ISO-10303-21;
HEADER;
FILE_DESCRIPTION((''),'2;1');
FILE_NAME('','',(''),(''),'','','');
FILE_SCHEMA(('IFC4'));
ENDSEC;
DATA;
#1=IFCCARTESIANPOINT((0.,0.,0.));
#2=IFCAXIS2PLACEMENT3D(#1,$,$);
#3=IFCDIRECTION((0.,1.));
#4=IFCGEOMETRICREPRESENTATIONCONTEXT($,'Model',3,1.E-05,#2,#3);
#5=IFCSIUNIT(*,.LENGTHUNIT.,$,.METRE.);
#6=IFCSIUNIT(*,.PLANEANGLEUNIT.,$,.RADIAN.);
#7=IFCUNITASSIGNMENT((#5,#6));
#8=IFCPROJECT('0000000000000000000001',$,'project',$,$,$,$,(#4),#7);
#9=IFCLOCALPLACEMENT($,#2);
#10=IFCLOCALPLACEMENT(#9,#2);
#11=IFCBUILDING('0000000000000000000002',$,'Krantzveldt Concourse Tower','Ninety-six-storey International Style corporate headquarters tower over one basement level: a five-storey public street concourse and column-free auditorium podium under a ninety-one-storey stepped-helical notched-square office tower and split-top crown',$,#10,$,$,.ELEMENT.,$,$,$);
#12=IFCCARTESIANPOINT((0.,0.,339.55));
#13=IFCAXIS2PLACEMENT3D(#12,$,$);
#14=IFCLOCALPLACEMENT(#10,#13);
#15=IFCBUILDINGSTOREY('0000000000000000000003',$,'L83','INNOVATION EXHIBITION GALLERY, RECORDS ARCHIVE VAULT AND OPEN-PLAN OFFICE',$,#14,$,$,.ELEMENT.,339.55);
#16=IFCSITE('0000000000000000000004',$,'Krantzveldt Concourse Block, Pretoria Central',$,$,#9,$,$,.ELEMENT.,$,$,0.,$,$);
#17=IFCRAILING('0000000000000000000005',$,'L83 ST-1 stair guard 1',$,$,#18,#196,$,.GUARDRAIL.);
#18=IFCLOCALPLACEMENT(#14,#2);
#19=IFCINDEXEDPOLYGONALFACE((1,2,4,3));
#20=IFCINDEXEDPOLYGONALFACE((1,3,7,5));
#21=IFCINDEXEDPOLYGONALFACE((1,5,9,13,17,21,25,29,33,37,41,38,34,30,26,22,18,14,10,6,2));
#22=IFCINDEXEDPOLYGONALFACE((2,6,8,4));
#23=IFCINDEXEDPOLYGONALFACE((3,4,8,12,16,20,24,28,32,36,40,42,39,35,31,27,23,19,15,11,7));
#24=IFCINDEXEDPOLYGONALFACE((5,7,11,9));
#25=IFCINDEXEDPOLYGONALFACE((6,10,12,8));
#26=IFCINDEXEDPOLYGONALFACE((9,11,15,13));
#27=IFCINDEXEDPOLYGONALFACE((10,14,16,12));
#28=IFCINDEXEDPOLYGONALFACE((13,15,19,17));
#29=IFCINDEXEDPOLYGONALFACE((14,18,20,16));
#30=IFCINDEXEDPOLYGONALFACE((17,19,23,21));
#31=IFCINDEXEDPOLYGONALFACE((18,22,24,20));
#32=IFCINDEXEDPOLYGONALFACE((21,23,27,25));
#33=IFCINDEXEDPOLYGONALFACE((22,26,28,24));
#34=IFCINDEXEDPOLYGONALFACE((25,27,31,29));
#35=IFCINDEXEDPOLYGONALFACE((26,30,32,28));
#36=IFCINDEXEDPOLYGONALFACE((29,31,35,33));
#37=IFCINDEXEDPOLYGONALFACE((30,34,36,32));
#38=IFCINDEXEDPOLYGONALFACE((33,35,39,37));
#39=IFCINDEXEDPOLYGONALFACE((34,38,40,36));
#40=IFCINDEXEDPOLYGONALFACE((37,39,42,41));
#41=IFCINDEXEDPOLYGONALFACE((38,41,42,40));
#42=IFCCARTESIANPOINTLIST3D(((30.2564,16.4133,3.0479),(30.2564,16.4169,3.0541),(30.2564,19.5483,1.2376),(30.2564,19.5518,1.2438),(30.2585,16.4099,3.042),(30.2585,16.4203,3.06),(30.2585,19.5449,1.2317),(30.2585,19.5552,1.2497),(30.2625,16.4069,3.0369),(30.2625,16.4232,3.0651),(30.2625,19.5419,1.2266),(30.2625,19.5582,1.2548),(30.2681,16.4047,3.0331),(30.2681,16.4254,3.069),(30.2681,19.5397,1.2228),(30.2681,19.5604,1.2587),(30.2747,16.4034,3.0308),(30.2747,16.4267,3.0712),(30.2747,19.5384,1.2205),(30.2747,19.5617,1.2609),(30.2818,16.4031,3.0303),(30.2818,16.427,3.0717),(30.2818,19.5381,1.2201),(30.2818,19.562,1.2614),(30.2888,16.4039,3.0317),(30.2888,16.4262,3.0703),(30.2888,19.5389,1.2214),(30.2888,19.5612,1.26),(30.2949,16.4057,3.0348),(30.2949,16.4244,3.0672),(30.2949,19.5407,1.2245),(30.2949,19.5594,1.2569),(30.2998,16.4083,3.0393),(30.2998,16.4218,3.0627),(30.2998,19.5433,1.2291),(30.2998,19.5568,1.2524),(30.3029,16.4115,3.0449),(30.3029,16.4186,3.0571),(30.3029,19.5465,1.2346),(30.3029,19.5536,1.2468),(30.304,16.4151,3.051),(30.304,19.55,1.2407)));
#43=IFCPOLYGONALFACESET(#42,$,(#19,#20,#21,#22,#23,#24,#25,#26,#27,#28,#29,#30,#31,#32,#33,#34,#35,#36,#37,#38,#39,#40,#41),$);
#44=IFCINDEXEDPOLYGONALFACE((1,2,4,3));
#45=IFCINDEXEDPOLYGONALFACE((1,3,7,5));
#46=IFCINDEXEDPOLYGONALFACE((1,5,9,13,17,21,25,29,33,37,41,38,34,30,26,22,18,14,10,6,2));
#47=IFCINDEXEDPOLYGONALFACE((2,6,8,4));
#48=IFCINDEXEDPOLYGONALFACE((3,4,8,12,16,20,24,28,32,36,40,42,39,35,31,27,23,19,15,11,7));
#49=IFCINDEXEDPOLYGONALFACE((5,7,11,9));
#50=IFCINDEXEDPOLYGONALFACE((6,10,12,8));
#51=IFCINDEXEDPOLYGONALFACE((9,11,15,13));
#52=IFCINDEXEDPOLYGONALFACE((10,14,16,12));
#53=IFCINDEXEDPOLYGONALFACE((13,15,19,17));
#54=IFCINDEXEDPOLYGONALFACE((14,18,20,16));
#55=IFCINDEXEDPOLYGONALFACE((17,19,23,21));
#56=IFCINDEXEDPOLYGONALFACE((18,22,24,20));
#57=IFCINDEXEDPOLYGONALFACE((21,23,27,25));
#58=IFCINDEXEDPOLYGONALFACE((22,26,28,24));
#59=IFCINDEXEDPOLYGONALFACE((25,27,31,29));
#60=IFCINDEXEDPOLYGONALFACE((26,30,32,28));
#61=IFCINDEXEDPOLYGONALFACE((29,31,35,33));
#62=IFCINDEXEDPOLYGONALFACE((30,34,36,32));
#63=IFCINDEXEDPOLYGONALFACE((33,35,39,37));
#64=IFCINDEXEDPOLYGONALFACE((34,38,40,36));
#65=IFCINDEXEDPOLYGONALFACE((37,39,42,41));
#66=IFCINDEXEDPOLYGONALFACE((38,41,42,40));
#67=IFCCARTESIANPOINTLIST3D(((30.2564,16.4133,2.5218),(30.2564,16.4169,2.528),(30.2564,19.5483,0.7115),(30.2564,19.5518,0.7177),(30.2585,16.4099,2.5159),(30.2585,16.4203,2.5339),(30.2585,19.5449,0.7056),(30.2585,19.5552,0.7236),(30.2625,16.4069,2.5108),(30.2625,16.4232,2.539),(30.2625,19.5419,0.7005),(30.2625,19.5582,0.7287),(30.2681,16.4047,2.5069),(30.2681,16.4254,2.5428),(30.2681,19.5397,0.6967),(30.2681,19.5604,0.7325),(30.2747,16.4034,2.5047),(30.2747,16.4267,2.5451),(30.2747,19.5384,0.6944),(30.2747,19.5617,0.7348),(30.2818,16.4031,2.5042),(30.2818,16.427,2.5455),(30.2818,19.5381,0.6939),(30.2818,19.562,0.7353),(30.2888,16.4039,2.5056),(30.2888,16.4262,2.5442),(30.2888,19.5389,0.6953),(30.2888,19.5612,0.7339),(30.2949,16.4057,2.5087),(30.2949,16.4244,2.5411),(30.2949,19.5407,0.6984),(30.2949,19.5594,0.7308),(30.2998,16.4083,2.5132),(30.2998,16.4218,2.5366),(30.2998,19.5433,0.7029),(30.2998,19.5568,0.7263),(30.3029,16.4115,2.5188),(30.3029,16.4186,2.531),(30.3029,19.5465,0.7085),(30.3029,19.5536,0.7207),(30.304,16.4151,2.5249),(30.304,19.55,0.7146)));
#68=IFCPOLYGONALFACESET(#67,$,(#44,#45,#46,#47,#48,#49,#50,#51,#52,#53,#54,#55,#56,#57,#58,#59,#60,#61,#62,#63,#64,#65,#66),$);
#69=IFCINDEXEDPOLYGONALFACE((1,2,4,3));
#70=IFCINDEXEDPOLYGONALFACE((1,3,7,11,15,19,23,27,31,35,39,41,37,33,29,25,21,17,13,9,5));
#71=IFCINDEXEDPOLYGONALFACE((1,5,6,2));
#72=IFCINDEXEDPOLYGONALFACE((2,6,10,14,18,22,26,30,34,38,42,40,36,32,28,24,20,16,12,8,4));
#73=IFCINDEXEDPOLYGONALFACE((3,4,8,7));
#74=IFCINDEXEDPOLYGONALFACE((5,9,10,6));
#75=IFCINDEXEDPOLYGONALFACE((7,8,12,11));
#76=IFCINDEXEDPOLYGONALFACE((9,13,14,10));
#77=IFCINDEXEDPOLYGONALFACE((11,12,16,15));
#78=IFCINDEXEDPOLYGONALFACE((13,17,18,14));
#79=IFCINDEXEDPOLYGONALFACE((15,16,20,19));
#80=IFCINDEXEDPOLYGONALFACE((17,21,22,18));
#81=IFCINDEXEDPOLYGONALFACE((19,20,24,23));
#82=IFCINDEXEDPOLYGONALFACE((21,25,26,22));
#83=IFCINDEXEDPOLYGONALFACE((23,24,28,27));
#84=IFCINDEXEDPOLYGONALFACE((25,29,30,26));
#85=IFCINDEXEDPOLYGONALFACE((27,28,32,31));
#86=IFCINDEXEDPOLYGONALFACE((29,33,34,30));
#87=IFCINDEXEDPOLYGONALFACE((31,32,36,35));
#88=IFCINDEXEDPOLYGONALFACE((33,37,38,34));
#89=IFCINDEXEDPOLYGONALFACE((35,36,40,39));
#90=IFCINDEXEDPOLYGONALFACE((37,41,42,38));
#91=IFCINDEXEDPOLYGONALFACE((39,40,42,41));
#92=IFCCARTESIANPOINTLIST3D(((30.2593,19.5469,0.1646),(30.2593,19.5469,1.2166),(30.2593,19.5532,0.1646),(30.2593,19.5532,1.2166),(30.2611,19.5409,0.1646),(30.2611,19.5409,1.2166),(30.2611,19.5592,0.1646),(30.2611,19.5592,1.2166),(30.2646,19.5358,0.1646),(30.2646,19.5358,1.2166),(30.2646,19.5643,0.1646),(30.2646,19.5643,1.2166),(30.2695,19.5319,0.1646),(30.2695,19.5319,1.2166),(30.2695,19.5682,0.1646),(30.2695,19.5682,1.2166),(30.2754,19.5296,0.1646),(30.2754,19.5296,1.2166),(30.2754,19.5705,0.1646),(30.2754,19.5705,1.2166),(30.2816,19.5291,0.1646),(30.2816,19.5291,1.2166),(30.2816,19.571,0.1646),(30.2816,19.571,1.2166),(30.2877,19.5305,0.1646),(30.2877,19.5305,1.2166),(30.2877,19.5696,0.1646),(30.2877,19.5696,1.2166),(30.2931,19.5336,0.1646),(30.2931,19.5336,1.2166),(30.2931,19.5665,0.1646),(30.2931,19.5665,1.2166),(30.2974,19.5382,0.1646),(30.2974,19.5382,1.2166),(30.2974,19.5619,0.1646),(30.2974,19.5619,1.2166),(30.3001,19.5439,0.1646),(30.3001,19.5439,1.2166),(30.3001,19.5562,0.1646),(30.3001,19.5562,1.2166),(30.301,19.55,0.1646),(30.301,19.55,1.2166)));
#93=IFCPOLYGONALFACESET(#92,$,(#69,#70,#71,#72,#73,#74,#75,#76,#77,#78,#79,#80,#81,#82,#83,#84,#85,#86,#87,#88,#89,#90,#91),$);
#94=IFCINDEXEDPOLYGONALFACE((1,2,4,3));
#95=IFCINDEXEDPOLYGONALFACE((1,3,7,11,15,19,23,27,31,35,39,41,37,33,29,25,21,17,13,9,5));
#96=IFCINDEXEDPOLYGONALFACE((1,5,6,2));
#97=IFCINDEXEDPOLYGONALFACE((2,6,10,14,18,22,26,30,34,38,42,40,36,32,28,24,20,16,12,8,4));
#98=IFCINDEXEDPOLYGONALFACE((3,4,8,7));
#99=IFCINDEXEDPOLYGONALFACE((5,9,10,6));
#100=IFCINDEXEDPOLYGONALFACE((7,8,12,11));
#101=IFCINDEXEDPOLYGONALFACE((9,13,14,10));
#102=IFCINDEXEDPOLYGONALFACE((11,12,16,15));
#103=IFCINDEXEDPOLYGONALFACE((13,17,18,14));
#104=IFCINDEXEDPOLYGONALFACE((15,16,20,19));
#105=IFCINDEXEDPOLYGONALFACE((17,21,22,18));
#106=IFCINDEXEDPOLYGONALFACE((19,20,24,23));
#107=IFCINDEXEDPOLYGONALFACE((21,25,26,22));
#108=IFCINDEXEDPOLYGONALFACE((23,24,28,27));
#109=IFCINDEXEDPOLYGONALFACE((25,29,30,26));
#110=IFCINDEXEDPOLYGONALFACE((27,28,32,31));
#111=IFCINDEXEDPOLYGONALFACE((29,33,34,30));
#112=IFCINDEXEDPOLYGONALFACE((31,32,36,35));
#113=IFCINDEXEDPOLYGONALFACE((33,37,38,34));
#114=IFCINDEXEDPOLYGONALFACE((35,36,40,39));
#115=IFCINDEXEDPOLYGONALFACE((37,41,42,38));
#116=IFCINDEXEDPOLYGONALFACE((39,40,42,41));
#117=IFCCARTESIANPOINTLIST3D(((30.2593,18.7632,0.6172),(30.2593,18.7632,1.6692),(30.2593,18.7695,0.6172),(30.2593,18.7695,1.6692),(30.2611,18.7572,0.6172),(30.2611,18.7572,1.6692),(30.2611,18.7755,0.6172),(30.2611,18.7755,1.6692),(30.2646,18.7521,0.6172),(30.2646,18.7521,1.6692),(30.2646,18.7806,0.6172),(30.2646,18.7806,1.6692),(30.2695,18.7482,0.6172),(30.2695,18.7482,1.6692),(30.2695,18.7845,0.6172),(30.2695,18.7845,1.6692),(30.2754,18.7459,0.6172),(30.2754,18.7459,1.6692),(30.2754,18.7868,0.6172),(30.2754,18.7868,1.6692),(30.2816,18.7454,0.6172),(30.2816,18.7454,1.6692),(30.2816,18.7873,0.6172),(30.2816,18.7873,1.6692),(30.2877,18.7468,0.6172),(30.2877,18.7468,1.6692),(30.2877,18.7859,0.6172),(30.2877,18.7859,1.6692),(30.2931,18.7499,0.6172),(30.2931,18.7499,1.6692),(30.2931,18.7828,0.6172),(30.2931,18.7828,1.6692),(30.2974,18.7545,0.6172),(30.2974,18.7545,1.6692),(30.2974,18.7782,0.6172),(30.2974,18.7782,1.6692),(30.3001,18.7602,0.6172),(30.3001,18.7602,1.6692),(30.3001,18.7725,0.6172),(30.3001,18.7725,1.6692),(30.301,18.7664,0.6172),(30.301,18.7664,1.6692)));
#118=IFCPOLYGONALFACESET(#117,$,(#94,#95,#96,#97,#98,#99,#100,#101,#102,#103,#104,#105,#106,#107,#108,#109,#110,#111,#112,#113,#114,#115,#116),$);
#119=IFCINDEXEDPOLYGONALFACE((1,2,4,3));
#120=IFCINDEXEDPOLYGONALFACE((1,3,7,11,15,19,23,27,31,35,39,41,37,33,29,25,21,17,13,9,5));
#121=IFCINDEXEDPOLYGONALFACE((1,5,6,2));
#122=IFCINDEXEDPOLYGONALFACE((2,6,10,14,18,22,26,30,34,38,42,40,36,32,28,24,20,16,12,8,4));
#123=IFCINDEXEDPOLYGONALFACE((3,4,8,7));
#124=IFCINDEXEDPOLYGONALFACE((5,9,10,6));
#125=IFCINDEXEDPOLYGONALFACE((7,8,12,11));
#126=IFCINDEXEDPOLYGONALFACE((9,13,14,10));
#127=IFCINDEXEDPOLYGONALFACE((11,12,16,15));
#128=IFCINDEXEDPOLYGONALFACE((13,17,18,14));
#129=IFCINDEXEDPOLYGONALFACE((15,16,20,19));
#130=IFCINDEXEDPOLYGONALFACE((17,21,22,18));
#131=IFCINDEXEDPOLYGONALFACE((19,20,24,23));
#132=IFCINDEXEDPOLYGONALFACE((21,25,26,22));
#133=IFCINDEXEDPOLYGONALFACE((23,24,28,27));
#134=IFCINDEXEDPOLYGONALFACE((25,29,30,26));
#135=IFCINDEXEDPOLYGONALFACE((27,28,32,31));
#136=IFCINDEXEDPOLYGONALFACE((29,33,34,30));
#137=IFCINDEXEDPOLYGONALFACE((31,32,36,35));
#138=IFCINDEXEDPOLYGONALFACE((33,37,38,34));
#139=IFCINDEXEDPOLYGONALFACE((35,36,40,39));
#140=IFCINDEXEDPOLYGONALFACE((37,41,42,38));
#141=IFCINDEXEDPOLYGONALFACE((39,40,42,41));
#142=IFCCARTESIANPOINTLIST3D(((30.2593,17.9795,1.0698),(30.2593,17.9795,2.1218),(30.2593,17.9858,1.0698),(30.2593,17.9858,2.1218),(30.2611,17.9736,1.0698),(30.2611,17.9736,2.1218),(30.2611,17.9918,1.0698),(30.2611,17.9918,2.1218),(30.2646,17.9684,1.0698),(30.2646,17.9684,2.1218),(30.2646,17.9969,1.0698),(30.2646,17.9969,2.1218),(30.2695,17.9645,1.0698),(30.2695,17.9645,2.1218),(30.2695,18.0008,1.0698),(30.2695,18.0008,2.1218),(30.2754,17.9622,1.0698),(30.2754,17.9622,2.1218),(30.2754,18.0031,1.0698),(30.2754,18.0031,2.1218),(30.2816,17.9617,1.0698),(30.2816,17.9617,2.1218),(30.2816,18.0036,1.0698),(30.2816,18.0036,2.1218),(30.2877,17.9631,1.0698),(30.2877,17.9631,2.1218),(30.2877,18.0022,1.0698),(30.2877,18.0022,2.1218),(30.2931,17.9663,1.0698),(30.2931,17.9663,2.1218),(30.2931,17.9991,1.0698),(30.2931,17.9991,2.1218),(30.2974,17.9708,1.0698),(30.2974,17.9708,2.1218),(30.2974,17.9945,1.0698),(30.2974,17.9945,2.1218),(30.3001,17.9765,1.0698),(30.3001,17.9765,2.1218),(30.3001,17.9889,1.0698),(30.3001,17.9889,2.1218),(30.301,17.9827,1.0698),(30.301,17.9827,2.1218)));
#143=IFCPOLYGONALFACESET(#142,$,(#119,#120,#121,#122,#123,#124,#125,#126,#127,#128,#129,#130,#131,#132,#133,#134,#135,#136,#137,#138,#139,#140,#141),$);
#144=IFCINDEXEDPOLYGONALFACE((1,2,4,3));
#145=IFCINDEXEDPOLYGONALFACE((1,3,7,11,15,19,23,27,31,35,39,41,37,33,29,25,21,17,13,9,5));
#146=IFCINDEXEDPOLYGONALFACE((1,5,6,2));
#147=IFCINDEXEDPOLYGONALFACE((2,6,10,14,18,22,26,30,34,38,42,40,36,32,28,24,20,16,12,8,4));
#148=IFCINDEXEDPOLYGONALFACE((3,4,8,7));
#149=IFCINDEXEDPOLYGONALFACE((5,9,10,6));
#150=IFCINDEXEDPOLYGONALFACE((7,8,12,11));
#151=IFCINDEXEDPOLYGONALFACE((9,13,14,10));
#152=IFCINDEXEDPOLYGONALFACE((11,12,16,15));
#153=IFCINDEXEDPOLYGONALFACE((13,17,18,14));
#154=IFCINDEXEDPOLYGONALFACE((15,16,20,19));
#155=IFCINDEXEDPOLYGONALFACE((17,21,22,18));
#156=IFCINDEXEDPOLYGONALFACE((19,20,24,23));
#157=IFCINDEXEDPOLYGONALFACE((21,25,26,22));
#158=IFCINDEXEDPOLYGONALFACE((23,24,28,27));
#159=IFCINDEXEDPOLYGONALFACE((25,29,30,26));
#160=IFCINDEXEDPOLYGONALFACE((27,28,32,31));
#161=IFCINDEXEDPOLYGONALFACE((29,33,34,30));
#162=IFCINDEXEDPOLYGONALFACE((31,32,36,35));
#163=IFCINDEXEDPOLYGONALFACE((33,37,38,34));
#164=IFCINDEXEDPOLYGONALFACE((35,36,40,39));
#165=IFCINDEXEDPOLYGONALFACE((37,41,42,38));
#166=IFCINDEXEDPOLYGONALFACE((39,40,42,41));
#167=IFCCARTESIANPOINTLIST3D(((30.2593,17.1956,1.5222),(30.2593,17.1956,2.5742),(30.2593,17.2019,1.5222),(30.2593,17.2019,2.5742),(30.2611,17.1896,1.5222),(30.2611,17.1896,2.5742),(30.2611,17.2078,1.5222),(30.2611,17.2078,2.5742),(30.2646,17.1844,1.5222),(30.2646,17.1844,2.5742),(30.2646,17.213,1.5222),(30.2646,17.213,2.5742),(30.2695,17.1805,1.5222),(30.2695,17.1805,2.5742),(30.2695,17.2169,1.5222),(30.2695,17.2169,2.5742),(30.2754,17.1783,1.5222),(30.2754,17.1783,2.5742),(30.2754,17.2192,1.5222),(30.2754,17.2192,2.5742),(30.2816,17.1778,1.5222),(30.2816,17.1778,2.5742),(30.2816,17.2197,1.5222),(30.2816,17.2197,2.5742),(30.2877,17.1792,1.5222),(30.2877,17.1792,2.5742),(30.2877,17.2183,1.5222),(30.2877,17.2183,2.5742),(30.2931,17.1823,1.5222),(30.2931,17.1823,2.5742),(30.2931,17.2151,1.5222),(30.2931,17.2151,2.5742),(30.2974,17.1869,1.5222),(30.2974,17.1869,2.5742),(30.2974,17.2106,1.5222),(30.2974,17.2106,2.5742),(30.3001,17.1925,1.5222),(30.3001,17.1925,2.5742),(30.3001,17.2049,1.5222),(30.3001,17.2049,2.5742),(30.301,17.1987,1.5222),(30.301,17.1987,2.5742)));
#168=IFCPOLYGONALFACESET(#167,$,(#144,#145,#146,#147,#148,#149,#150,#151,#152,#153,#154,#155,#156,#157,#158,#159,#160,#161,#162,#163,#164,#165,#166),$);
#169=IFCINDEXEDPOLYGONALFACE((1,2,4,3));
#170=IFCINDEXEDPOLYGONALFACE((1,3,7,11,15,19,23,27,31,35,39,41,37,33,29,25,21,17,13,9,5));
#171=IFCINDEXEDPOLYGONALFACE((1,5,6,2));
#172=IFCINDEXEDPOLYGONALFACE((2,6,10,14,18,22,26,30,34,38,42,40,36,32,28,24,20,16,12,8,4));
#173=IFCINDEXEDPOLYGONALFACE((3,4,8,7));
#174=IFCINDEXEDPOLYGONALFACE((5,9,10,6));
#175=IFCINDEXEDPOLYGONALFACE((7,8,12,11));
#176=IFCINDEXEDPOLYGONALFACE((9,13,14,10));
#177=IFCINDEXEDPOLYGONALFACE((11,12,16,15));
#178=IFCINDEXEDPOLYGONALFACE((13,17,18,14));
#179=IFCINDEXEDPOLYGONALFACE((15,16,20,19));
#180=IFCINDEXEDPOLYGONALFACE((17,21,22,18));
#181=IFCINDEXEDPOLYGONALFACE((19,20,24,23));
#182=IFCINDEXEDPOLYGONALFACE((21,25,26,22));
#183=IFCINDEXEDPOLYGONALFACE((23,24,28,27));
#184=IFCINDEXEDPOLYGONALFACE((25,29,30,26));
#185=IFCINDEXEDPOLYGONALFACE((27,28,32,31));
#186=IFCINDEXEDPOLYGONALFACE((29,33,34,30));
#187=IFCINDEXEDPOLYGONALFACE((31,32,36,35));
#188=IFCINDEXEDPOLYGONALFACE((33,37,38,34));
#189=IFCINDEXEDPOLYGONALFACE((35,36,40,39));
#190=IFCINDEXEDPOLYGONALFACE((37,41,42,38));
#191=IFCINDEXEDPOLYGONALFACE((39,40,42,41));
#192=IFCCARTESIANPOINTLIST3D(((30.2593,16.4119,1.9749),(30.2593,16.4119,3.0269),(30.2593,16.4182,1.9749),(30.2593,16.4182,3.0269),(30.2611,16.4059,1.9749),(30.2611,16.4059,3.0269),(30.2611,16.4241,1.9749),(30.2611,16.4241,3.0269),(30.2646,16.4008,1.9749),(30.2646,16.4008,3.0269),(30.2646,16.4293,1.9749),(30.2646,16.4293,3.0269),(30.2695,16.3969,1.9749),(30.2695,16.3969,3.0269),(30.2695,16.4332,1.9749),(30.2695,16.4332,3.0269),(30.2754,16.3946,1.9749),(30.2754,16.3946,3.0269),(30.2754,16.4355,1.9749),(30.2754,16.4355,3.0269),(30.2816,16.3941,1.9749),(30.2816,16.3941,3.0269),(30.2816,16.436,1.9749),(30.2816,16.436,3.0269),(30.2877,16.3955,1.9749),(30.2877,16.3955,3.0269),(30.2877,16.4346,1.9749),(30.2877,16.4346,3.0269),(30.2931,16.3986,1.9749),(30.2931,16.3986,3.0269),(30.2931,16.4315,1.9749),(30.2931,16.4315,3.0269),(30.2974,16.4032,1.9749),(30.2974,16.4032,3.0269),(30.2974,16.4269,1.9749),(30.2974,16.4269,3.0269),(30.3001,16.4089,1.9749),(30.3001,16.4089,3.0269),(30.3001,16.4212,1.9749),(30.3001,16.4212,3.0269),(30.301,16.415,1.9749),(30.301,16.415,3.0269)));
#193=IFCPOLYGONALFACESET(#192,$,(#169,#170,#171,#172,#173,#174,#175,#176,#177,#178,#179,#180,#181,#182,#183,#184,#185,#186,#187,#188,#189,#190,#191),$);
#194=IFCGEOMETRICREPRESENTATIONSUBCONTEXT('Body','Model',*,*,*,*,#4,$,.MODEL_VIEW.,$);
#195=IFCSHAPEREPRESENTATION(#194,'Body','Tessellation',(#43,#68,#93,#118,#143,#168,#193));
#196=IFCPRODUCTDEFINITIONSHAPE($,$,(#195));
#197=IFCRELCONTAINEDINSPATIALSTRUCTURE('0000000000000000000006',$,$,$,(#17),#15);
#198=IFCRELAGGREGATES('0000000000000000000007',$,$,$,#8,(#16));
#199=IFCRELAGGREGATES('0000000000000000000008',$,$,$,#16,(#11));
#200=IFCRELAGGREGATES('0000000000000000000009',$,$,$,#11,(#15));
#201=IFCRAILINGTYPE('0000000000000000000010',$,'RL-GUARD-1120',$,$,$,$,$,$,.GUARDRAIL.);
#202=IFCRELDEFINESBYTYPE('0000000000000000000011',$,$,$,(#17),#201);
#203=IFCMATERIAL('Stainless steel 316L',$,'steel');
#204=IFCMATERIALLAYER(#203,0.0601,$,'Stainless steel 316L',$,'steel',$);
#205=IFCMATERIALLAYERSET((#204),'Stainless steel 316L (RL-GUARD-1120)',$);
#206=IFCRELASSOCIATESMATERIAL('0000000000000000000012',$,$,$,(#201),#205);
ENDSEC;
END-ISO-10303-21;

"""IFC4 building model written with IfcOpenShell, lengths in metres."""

from ifc_helpers import new_model, si_unit, direction, frame, origin, origin_2d, place, context, subcontext, project, spatial, circle, extrude, material, layer, layer_set, type_object, element, save


model = new_model("IFC4")

# Units and contexts
model_context = context("Model", 3, precision=1e-05, world=origin(), true_north=direction((0.0, 1.0)))
body_context = subcontext(model_context, "Body", "Model", "MODEL_VIEW")
ifc_project = project(units=[si_unit("LENGTHUNIT", "METRE"), si_unit("PLANEANGLEUNIT", "RADIAN")], contexts=[model_context])

# Site, building, storey
site_placement = place(None, origin())
site = spatial("IfcSite", under=ifc_project, at=site_placement, Name="Krantzveldt Concourse Block, Pretoria Central", CompositionType="ELEMENT", RefElevation=0.0)
building_placement = place(site_placement, origin())
building = spatial("IfcBuilding", under=site, at=building_placement, Name="Krantzveldt Concourse Tower", Description="Ninety-six-storey International Style corporate headquarters tower over one basement level: a five-storey public street concourse and column-free auditorium podium under a ninety-one-storey stepped-helical notched-square office tower and split-top crown", CompositionType="ELEMENT")
storey_placement = place(building_placement, frame((0.0, 0.0, 339.55)))
storey = spatial("IfcBuildingStorey", under=building, at=storey_placement, Name="L83", Description="INNOVATION EXHIBITION GALLERY, RECORDS ARCHIVE VAULT AND OPEN-PLAN OFFICE", CompositionType="ELEMENT", Elevation=339.55)

# Railing
ifc_material_1 = material(Name="Stainless steel 316L", Category="steel")
ifc_layer_1 = layer(ifc_material_1, 0.0601, Name="Stainless steel 316L", Category="steel")
ifc_layer_set_1 = layer_set([ifc_layer_1], Name="Stainless steel 316L (RL-GUARD-1120)")
railing_type_1 = type_object("IfcRailingType", Name="RL-GUARD-1120", PredefinedType="GUARDRAIL", material=ifc_layer_set_1)
railing_1_placement = place(storey_placement, frame((30.28, 19.55, 0.1646)))
element("IfcRailing", 1, at=railing_1_placement, inside=storey, type_object=railing_type_1, Name="L83 ST-1 stair guard 1", PredefinedType="GUARDRAIL", context=body_context, shape_type="SweptSolid", body=[
    extrude(circle(Radius=0.0239, at=origin_2d()), frame((0.0, 0.0, 1.0762), z_axis=(0.0, -0.865989, 0.500063), x_axis=(1.0, 0.0, 0.0)), (0.0, 0.0, 1.0), 3.6201),
    extrude(circle(Radius=0.0239, at=origin_2d()), frame((0.0, 0.0, 0.55), z_axis=(0.0, -0.865989, 0.500063), x_axis=(1.0, 0.0, 0.0)), (0.0, 0.0, 1.0), 3.6201),
    extrude(circle(Radius=0.021, at=origin_2d()), origin(), (0.0, 0.0, 1.0), 1.052),
    extrude(circle(Radius=0.021, at=origin_2d()), frame((0.0, -0.7837, 0.4526)), (0.0, 0.0, 1.0), 1.052),
    extrude(circle(Radius=0.021, at=origin_2d()), frame((0.0, -1.5674, 0.9053)), (0.0, 0.0, 1.0), 1.052),
    extrude(circle(Radius=0.021, at=origin_2d()), frame((0.0, -2.3513, 1.3577)), (0.0, 0.0, 1.0), 1.052),
    extrude(circle(Radius=0.021, at=origin_2d()), frame((0.0, -3.135, 1.8103)), (0.0, 0.0, 1.0), 1.052),
])

save(model, "model.ifc")
